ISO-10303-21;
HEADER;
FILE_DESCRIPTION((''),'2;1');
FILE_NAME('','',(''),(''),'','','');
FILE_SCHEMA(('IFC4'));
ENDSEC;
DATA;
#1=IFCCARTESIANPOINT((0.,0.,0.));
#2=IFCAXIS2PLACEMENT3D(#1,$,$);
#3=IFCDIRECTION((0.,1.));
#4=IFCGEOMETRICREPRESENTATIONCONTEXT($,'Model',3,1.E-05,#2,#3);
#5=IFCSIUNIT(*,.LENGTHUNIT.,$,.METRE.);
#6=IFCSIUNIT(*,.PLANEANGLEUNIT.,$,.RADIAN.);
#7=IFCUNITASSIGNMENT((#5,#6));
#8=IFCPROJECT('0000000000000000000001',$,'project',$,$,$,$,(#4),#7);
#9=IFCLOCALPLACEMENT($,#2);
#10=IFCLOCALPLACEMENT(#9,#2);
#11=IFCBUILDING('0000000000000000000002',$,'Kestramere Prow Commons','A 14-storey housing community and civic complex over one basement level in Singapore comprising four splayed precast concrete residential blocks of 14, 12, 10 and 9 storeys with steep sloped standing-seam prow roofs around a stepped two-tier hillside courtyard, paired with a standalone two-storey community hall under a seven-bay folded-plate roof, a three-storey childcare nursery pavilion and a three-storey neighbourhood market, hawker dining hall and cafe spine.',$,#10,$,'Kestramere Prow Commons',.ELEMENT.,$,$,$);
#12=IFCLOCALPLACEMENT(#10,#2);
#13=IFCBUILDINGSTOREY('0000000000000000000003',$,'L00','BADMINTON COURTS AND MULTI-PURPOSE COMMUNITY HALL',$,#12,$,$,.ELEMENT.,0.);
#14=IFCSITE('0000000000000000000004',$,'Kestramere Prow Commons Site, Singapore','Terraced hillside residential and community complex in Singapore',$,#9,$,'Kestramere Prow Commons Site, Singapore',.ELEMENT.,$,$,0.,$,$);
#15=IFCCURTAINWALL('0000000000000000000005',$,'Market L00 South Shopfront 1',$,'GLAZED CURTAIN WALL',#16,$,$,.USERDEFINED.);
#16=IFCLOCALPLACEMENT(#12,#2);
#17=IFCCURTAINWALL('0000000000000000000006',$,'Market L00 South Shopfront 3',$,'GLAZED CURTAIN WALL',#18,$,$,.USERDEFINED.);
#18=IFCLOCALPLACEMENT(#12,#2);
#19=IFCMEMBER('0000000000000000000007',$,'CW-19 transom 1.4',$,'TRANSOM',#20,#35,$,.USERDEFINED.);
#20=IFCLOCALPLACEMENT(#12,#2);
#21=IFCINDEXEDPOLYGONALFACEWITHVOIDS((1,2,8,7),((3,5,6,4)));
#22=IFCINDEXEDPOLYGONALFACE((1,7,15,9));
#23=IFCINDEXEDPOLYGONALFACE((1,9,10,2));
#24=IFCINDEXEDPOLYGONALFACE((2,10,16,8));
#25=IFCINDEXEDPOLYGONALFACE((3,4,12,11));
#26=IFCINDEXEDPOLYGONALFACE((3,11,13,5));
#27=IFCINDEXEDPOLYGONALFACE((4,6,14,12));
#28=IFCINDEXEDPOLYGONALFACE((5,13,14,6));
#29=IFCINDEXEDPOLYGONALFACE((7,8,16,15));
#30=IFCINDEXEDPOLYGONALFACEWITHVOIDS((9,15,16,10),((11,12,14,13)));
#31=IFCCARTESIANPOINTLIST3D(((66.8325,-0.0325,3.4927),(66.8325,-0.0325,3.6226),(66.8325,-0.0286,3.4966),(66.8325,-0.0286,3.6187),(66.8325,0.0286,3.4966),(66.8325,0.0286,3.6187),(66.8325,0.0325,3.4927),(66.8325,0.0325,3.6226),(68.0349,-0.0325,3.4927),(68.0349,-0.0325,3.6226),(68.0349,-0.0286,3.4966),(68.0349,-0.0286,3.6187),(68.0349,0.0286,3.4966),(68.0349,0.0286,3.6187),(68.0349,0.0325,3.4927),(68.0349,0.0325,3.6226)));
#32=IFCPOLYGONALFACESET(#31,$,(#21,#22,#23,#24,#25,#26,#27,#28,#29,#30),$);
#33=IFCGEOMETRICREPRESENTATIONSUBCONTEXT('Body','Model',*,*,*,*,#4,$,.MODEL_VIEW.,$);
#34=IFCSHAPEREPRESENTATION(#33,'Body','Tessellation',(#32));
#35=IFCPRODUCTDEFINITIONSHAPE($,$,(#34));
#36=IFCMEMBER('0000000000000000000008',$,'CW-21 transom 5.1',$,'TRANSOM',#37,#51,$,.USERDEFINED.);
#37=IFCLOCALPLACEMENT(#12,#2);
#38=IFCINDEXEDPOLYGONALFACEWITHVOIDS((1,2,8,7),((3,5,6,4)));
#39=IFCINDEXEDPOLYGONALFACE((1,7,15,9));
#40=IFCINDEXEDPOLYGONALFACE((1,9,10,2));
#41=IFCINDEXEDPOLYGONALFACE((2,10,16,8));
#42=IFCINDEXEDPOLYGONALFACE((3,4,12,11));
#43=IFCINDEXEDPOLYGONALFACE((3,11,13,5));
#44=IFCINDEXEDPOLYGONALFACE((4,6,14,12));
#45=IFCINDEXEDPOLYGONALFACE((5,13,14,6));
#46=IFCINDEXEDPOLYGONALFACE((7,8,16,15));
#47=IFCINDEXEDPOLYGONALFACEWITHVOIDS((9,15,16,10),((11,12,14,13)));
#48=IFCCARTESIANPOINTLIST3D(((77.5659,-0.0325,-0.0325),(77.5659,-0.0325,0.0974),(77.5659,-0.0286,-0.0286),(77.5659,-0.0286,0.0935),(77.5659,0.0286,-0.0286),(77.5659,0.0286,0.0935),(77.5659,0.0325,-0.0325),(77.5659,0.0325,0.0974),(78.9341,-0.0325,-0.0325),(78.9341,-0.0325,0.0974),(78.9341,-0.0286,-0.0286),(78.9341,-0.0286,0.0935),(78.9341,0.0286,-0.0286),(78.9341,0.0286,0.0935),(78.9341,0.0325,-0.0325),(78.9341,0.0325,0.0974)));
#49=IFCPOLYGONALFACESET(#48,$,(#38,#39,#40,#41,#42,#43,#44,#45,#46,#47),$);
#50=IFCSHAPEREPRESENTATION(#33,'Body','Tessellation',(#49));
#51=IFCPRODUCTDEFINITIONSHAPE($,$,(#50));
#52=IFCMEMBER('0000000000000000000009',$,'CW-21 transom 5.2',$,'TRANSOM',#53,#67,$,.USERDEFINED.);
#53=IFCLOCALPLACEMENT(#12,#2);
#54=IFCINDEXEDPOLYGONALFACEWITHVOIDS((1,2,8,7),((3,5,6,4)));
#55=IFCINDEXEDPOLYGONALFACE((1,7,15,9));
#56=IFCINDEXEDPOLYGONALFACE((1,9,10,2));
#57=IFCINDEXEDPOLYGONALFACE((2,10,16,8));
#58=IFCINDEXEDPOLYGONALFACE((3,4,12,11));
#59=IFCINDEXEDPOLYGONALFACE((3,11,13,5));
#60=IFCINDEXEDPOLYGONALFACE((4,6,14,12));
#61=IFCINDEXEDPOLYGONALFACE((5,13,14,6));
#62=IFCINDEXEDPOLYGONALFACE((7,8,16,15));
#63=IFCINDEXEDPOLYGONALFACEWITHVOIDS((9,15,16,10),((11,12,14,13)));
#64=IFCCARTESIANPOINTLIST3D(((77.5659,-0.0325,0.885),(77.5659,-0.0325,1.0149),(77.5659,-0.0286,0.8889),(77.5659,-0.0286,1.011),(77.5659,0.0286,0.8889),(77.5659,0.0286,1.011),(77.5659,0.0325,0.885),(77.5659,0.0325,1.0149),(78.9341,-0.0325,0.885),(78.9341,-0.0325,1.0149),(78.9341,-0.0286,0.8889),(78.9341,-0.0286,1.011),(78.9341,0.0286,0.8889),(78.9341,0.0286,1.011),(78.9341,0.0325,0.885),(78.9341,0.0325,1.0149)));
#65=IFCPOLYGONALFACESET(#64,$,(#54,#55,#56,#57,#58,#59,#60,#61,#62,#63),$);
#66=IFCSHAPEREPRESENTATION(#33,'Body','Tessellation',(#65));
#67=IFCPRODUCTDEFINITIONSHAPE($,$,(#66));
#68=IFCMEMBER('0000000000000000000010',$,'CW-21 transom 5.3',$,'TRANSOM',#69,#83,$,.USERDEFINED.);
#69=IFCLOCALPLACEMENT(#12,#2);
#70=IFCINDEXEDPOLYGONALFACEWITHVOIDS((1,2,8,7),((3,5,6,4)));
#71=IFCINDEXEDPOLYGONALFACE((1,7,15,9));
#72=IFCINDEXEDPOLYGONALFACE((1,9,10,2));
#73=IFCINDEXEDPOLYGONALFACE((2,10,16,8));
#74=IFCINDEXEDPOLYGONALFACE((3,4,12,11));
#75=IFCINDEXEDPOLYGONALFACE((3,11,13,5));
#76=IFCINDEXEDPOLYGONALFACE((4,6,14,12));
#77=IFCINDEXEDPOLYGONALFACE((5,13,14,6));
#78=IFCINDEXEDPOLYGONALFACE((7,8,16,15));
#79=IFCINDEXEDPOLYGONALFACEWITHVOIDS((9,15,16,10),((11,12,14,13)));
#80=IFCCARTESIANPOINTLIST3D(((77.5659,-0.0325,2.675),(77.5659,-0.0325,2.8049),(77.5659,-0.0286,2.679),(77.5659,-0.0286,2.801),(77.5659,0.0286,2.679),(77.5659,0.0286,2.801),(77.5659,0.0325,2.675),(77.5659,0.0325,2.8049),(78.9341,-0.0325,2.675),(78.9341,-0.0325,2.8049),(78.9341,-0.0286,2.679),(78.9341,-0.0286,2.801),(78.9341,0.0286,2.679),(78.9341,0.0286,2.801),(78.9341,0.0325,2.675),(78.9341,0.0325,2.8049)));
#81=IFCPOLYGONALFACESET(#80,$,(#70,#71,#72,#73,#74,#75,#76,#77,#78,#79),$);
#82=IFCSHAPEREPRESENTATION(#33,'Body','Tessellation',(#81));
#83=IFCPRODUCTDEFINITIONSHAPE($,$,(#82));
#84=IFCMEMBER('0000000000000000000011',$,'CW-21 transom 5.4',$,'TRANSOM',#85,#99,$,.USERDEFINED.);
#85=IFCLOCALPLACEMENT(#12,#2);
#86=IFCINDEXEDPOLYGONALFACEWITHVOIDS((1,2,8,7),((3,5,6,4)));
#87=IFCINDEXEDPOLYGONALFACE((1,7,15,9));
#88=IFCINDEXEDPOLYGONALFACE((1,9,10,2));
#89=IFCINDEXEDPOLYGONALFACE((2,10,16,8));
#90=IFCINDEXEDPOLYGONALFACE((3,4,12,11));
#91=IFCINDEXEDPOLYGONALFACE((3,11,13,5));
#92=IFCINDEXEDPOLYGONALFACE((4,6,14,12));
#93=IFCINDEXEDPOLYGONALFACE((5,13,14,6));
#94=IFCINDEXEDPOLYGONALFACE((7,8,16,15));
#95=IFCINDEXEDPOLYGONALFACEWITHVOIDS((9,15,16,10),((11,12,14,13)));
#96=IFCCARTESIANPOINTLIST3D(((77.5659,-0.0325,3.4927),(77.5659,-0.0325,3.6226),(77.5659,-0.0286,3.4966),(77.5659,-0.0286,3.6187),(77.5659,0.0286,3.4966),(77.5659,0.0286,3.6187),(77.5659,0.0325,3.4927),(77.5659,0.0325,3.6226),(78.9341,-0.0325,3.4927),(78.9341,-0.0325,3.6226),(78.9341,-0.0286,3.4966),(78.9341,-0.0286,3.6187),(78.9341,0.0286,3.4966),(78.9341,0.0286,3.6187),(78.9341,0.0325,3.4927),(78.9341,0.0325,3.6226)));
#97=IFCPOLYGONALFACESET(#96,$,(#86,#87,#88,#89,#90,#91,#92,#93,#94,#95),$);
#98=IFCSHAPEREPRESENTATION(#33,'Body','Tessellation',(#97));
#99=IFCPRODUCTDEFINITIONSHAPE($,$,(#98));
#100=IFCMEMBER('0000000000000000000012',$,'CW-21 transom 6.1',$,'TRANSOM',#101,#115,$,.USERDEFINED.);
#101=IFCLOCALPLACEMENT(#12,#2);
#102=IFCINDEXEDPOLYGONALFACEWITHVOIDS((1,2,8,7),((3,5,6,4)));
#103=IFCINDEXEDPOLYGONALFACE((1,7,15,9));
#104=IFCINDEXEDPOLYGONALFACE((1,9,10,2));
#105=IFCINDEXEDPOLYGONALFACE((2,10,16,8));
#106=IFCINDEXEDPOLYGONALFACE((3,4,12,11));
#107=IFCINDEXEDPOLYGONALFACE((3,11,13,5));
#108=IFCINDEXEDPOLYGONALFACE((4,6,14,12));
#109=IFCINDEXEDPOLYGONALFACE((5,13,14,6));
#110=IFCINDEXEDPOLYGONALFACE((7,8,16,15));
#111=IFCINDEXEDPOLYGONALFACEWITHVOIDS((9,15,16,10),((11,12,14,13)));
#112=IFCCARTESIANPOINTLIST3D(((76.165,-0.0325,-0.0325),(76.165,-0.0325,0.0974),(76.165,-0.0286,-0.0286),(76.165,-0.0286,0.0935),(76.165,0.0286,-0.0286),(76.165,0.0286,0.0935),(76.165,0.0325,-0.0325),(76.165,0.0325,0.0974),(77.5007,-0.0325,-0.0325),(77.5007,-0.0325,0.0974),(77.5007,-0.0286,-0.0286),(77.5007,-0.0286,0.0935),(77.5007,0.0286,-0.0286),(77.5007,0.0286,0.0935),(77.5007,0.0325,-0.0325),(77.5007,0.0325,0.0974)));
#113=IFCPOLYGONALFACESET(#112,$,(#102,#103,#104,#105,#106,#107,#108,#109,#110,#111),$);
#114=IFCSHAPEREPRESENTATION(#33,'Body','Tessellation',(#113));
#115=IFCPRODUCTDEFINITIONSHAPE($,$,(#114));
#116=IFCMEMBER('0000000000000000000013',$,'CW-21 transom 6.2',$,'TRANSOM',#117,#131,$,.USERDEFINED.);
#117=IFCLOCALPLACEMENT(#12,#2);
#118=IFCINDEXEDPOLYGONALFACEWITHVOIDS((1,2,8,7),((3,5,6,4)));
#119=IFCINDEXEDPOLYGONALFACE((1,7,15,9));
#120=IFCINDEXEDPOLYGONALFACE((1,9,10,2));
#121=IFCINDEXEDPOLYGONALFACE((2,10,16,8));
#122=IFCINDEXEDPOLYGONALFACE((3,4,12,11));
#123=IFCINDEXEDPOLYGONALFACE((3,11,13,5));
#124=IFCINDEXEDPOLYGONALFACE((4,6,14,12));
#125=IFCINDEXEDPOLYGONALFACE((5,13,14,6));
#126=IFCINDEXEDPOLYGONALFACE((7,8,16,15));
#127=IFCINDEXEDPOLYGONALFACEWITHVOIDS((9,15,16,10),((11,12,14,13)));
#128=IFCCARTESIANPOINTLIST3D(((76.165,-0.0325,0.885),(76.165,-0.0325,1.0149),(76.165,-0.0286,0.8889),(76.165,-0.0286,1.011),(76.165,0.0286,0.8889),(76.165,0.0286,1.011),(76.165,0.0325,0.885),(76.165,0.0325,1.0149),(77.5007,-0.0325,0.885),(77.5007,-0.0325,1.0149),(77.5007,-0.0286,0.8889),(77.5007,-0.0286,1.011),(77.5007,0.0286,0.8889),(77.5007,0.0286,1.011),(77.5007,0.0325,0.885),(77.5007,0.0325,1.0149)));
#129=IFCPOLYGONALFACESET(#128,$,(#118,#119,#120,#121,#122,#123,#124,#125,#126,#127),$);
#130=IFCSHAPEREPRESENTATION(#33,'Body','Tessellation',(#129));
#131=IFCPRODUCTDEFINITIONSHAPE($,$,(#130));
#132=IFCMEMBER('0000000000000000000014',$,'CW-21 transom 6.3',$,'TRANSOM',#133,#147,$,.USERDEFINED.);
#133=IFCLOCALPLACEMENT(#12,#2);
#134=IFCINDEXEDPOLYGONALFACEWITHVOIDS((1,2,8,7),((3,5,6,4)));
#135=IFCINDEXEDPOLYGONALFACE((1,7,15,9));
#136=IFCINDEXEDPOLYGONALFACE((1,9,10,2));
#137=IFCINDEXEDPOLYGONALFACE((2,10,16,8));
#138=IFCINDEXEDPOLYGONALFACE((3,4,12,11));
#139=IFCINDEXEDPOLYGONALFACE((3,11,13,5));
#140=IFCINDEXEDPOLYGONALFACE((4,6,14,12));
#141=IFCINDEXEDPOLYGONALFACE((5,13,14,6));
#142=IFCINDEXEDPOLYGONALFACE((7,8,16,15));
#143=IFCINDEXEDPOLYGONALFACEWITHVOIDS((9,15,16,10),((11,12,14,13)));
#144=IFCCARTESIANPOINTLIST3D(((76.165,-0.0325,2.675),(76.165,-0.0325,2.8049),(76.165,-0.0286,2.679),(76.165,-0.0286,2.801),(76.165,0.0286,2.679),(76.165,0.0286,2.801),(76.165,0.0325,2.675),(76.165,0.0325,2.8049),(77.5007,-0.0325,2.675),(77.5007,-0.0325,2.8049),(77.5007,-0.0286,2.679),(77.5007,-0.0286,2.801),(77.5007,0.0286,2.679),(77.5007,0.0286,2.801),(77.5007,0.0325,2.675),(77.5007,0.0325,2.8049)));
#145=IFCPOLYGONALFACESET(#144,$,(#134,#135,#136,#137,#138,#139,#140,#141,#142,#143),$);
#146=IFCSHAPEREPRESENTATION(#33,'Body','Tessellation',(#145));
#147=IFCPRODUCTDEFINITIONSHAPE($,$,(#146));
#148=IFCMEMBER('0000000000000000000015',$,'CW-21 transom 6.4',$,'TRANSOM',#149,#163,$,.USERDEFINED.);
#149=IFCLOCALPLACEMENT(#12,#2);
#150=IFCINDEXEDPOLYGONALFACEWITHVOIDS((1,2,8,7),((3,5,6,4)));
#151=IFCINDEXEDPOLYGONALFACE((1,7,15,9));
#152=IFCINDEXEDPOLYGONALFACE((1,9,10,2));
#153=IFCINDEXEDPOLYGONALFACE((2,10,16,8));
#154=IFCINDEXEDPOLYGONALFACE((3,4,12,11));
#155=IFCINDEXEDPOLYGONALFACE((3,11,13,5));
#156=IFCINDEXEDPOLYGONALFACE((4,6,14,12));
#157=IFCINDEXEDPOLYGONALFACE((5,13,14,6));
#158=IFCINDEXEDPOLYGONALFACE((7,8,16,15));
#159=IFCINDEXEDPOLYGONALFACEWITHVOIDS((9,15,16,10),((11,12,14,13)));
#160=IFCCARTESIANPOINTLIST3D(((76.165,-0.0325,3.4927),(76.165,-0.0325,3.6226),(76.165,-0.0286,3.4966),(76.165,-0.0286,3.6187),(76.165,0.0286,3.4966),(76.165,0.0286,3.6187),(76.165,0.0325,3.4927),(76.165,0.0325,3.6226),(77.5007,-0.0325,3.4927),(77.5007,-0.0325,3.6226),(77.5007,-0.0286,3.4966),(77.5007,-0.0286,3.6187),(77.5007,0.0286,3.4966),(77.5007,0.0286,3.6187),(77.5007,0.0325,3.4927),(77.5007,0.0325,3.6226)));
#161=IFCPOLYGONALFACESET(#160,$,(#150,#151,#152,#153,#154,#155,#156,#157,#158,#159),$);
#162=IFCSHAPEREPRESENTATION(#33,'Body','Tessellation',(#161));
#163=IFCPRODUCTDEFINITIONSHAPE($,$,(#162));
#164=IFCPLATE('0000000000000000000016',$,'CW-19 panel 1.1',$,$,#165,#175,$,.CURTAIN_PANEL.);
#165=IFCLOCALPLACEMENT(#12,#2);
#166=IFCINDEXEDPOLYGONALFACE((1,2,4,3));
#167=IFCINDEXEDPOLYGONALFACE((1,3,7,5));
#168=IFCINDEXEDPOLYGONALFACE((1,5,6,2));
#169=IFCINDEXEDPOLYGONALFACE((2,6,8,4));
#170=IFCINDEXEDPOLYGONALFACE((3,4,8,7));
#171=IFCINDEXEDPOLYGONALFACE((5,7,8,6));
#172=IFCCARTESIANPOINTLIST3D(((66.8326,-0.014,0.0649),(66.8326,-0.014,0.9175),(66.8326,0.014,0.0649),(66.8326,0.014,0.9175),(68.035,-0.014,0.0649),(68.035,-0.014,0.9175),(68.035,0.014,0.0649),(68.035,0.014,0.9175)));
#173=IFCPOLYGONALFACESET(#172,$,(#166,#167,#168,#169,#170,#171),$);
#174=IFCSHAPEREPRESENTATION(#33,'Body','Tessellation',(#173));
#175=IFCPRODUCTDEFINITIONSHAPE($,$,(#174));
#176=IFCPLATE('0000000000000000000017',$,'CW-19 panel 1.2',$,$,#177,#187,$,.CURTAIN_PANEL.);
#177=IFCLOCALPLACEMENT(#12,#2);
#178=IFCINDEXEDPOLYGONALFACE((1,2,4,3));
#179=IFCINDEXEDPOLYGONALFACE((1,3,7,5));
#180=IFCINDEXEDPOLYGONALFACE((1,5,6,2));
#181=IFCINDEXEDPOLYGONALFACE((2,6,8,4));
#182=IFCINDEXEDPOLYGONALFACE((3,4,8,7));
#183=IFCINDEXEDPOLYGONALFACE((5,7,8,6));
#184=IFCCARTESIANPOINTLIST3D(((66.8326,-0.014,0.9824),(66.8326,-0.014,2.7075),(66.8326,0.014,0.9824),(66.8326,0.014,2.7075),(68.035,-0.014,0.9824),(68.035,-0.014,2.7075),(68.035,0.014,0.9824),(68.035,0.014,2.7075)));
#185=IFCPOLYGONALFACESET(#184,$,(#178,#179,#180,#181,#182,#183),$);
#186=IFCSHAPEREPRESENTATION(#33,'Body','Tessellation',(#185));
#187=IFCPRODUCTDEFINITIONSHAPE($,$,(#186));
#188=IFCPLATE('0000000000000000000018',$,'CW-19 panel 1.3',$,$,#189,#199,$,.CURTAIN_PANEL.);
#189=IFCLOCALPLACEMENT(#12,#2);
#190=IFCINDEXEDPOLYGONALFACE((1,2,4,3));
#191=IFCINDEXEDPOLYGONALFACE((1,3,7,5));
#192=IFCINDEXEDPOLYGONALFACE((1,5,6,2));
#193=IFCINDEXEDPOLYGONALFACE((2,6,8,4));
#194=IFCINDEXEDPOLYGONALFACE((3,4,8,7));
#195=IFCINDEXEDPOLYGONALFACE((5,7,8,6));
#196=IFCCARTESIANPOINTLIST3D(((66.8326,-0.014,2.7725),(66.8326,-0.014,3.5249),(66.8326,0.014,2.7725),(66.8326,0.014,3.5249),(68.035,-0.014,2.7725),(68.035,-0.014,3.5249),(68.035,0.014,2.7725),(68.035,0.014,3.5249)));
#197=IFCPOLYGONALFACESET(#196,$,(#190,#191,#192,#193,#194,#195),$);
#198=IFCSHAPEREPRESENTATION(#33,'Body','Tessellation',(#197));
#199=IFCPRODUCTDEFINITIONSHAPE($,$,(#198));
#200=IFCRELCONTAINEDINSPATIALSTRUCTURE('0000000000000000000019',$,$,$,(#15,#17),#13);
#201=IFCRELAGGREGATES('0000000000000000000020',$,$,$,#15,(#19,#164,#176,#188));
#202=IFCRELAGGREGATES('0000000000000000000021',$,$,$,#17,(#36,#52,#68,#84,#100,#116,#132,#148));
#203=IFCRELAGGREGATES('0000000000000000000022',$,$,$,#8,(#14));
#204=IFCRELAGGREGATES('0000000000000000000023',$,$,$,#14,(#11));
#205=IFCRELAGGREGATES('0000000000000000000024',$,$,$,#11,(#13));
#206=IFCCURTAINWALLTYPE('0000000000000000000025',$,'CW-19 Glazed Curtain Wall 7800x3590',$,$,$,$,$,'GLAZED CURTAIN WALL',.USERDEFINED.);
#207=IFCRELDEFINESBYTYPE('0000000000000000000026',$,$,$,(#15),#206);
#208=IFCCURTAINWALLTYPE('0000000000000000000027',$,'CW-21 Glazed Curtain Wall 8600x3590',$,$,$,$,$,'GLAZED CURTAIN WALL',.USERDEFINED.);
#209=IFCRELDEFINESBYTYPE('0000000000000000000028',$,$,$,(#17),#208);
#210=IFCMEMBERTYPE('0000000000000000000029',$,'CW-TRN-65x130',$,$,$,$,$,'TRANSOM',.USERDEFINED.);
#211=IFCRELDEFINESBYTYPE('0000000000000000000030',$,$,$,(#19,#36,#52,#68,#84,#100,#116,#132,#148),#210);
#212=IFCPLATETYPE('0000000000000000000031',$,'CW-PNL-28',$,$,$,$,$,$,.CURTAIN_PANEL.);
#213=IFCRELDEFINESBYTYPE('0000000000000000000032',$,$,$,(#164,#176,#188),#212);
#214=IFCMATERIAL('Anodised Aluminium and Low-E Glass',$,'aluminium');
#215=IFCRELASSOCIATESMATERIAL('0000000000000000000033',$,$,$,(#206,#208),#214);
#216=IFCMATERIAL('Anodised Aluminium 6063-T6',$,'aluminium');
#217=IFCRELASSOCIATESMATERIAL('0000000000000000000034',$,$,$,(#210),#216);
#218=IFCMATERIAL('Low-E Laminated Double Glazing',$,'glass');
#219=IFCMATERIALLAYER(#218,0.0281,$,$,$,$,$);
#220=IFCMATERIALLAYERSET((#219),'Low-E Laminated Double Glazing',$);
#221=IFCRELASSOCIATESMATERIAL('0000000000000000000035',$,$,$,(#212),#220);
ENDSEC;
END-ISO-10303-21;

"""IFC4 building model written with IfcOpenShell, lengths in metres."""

from ifc_helpers import new_model, si_unit, direction, frame, origin, origin_2d, place, context, subcontext, project, spatial, rectangle, hollow_rectangle, extrude, material, layer, layer_set, material_profile, profile_set, type_object, element, aggregate, save


model = new_model("IFC4")

# Units and contexts
model_context = context("Model", 3, precision=1e-05, world=origin(), true_north=direction((0.0, 1.0)))
body_context = subcontext(model_context, "Body", "Model", "MODEL_VIEW")
ifc_project = project(units=[si_unit("LENGTHUNIT", "METRE"), si_unit("PLANEANGLEUNIT", "RADIAN")], contexts=[model_context])

# Site, building, storey
site_placement = place(None, origin())
site = spatial("IfcSite", under=ifc_project, at=site_placement, Name="Kestramere Prow Commons Site, Singapore", Description="Terraced hillside residential and community complex in Singapore", LongName="Kestramere Prow Commons Site, Singapore", CompositionType="ELEMENT", RefElevation=0.0)
building_placement = place(site_placement, origin())
building = spatial("IfcBuilding", under=site, at=building_placement, Name="Kestramere Prow Commons", Description="A 14-storey housing community and civic complex over one basement level in Singapore comprising four splayed precast concrete residential blocks of 14, 12, 10 and 9 storeys with steep sloped standing-seam prow roofs around a stepped two-tier hillside courtyard, paired with a standalone two-storey community hall under a seven-bay folded-plate roof, a three-storey childcare nursery pavilion and a three-storey neighbourhood market, hawker dining hall and cafe spine.", LongName="Kestramere Prow Commons", CompositionType="ELEMENT")
storey_placement = place(building_placement, origin())
storey = spatial("IfcBuildingStorey", under=building, at=storey_placement, Name="L00", Description="BADMINTON COURTS AND MULTI-PURPOSE COMMUNITY HALL", CompositionType="ELEMENT", Elevation=0.0)

# Curtain walls
ifc_material_1 = material(Name="Anodised Aluminium and Low-E Glass", Category="aluminium")
curtain_wall_type_1 = type_object("IfcCurtainWallType", Name="CW-19 Glazed Curtain Wall 7800x3590", ElementType="GLAZED CURTAIN WALL", PredefinedType="USERDEFINED", material=ifc_material_1)
curtain_wall_1_placement = place(storey_placement, origin())
curtain_wall_1 = element("IfcCurtainWall", 1, at=curtain_wall_1_placement, inside=storey, type_object=curtain_wall_type_1, Name="Market L00 South Shopfront 1", ObjectType="GLAZED CURTAIN WALL", PredefinedType="USERDEFINED")
ifc_material_2 = material(Name="Anodised Aluminium 6063-T6", Category="aluminium")
curtain_wall_type_2 = type_object("IfcCurtainWallType", Name="CW-21 Glazed Curtain Wall 8600x3590", ElementType="GLAZED CURTAIN WALL", PredefinedType="USERDEFINED", material=ifc_material_1)
curtain_wall_2_placement = place(storey_placement, origin())
curtain_wall_2 = element("IfcCurtainWall", 2, at=curtain_wall_2_placement, inside=storey, type_object=curtain_wall_type_2, Name="Market L00 South Shopfront 3", ObjectType="GLAZED CURTAIN WALL", PredefinedType="USERDEFINED")

# Members
ifc_material_profile_1 = material_profile(ifc_material_2, hollow_rectangle(XDim=0.0649, YDim=0.1299, WallThickness=0.0039, at=origin_2d()), Name="ALU-TRN 65x130")
ifc_profile_set_1 = profile_set([ifc_material_profile_1], Name="Anodised Aluminium 6063-T6")
member_type_1 = type_object("IfcMemberType", Name="CW-TRN-65x130", ElementType="TRANSOM", PredefinedType="USERDEFINED", material=ifc_profile_set_1)
member_1_placement = place(storey_placement, frame((68.0349, 0.0, 3.5576), z_axis=(-1.0, 0.0, 0.0), x_axis=(0.0, -1.0, 0.0)))
member_1 = element("IfcMember", 3, at=member_1_placement, type_object=member_type_1, Name="CW-19 transom 1.4", ObjectType="TRANSOM", PredefinedType="USERDEFINED", context=body_context, shape_type="SweptSolid", body=[
    extrude(hollow_rectangle(XDim=0.0649, YDim=0.1299, WallThickness=0.0039, at=origin_2d()), origin(), (0.0, 0.0, 1.0), 1.2024),
])
member_2_placement = place(storey_placement, frame((78.9341, 0.0, 0.0325), z_axis=(-1.0, 0.0, 0.0), x_axis=(0.0, -1.0, 0.0)))
member_2 = element("IfcMember", 4, at=member_2_placement, type_object=member_type_1, Name="CW-21 transom 5.1", ObjectType="TRANSOM", PredefinedType="USERDEFINED", context=body_context, shape_type="SweptSolid", body=[
    extrude(hollow_rectangle(XDim=0.0649, YDim=0.1299, WallThickness=0.0039, at=origin_2d()), origin(), (0.0, 0.0, 1.0), 1.3682),
])
member_3_placement = place(storey_placement, frame((78.9341, 0.0, 0.95), z_axis=(-1.0, 0.0, 0.0), x_axis=(0.0, -1.0, 0.0)))
member_3 = element("IfcMember", 5, at=member_3_placement, type_object=member_type_1, Name="CW-21 transom 5.2", ObjectType="TRANSOM", PredefinedType="USERDEFINED", context=body_context, shape_type="SweptSolid", body=[
    extrude(hollow_rectangle(XDim=0.0649, YDim=0.1299, WallThickness=0.0039, at=origin_2d()), origin(), (0.0, 0.0, 1.0), 1.3682),
])
member_4_placement = place(storey_placement, frame((78.9341, 0.0, 2.74), z_axis=(-1.0, 0.0, 0.0), x_axis=(0.0, -1.0, 0.0)))
member_4 = element("IfcMember", 6, at=member_4_placement, type_object=member_type_1, Name="CW-21 transom 5.3", ObjectType="TRANSOM", PredefinedType="USERDEFINED", context=body_context, shape_type="SweptSolid", body=[
    extrude(hollow_rectangle(XDim=0.0649, YDim=0.1299, WallThickness=0.0039, at=origin_2d()), origin(), (0.0, 0.0, 1.0), 1.3682),
])
member_5_placement = place(storey_placement, frame((78.9341, 0.0, 3.5576), z_axis=(-1.0, 0.0, 0.0), x_axis=(0.0, -1.0, 0.0)))
member_5 = element("IfcMember", 7, at=member_5_placement, type_object=member_type_1, Name="CW-21 transom 5.4", ObjectType="TRANSOM", PredefinedType="USERDEFINED", context=body_context, shape_type="SweptSolid", body=[
    extrude(hollow_rectangle(XDim=0.0649, YDim=0.1299, WallThickness=0.0039, at=origin_2d()), origin(), (0.0, 0.0, 1.0), 1.3682),
])
member_6_placement = place(storey_placement, frame((77.5007, 0.0, 0.0325), z_axis=(-1.0, 0.0, 0.0), x_axis=(0.0, -1.0, 0.0)))
member_6 = element("IfcMember", 8, at=member_6_placement, type_object=member_type_1, Name="CW-21 transom 6.1", ObjectType="TRANSOM", PredefinedType="USERDEFINED", context=body_context, shape_type="SweptSolid", body=[
    extrude(hollow_rectangle(XDim=0.0649, YDim=0.1299, WallThickness=0.0039, at=origin_2d()), origin(), (0.0, 0.0, 1.0), 1.3357),
])
member_7_placement = place(storey_placement, frame((77.5007, 0.0, 0.95), z_axis=(-1.0, 0.0, 0.0), x_axis=(0.0, -1.0, 0.0)))
member_7 = element("IfcMember", 9, at=member_7_placement, type_object=member_type_1, Name="CW-21 transom 6.2", ObjectType="TRANSOM", PredefinedType="USERDEFINED", context=body_context, shape_type="SweptSolid", body=[
    extrude(hollow_rectangle(XDim=0.0649, YDim=0.1299, WallThickness=0.0039, at=origin_2d()), origin(), (0.0, 0.0, 1.0), 1.3357),
])
member_8_placement = place(storey_placement, frame((77.5007, 0.0, 2.74), z_axis=(-1.0, 0.0, 0.0), x_axis=(0.0, -1.0, 0.0)))
member_8 = element("IfcMember", 10, at=member_8_placement, type_object=member_type_1, Name="CW-21 transom 6.3", ObjectType="TRANSOM", PredefinedType="USERDEFINED", context=body_context, shape_type="SweptSolid", body=[
    extrude(hollow_rectangle(XDim=0.0649, YDim=0.1299, WallThickness=0.0039, at=origin_2d()), origin(), (0.0, 0.0, 1.0), 1.3357),
])
member_9_placement = place(storey_placement, frame((77.5007, 0.0, 3.5576), z_axis=(-1.0, 0.0, 0.0), x_axis=(0.0, -1.0, 0.0)))
member_9 = element("IfcMember", 11, at=member_9_placement, type_object=member_type_1, Name="CW-21 transom 6.4", ObjectType="TRANSOM", PredefinedType="USERDEFINED", context=body_context, shape_type="SweptSolid", body=[
    extrude(hollow_rectangle(XDim=0.0649, YDim=0.1299, WallThickness=0.0039, at=origin_2d()), origin(), (0.0, 0.0, 1.0), 1.3357),
])

# Plates
ifc_material_3 = material(Name="Low-E Laminated Double Glazing", Category="glass")
ifc_layer_1 = layer(ifc_material_3, 0.0281)
ifc_layer_set_1 = layer_set([ifc_layer_1], Name="Low-E Laminated Double Glazing")
plate_type = type_object("IfcPlateType", Name="CW-PNL-28", PredefinedType="CURTAIN_PANEL", material=ifc_layer_set_1)
plate_1_placement = place(storey_placement, frame((67.4338, 0.0, 0.0649), z_axis=(0.0, 0.0, 1.0), x_axis=(-1.0, 0.0, 0.0)))
plate_1 = element("IfcPlate", 12, at=plate_1_placement, type_object=plate_type, Name="CW-19 panel 1.1", PredefinedType="CURTAIN_PANEL", context=body_context, shape_type="SweptSolid", body=[
    extrude(rectangle(XDim=1.2024, YDim=0.0281, at=origin_2d()), origin(), (0.0, 0.0, 1.0), 0.8525),
])
plate_2_placement = place(storey_placement, frame((67.4338, 0.0, 0.9824), z_axis=(0.0, 0.0, 1.0), x_axis=(-1.0, 0.0, 0.0)))
plate_2 = element("IfcPlate", 13, at=plate_2_placement, type_object=plate_type, Name="CW-19 panel 1.2", PredefinedType="CURTAIN_PANEL", context=body_context, shape_type="SweptSolid", body=[
    extrude(rectangle(XDim=1.2024, YDim=0.0281, at=origin_2d()), origin(), (0.0, 0.0, 1.0), 1.7251),
])
plate_3_placement = place(storey_placement, frame((67.4338, 0.0, 2.7725), z_axis=(0.0, 0.0, 1.0), x_axis=(-1.0, 0.0, 0.0)))
plate_3 = element("IfcPlate", 14, at=plate_3_placement, type_object=plate_type, Name="CW-19 panel 1.3", PredefinedType="CURTAIN_PANEL", context=body_context, shape_type="SweptSolid", body=[
    extrude(rectangle(XDim=1.2024, YDim=0.0281, at=origin_2d()), origin(), (0.0, 0.0, 1.0), 0.7524),
])
aggregate(curtain_wall_1, [member_1, plate_1, plate_2, plate_3])
aggregate(curtain_wall_2, [member_2, member_3, member_4, member_5, member_6, member_7, member_8, member_9])

save(model, "model.ifc")
